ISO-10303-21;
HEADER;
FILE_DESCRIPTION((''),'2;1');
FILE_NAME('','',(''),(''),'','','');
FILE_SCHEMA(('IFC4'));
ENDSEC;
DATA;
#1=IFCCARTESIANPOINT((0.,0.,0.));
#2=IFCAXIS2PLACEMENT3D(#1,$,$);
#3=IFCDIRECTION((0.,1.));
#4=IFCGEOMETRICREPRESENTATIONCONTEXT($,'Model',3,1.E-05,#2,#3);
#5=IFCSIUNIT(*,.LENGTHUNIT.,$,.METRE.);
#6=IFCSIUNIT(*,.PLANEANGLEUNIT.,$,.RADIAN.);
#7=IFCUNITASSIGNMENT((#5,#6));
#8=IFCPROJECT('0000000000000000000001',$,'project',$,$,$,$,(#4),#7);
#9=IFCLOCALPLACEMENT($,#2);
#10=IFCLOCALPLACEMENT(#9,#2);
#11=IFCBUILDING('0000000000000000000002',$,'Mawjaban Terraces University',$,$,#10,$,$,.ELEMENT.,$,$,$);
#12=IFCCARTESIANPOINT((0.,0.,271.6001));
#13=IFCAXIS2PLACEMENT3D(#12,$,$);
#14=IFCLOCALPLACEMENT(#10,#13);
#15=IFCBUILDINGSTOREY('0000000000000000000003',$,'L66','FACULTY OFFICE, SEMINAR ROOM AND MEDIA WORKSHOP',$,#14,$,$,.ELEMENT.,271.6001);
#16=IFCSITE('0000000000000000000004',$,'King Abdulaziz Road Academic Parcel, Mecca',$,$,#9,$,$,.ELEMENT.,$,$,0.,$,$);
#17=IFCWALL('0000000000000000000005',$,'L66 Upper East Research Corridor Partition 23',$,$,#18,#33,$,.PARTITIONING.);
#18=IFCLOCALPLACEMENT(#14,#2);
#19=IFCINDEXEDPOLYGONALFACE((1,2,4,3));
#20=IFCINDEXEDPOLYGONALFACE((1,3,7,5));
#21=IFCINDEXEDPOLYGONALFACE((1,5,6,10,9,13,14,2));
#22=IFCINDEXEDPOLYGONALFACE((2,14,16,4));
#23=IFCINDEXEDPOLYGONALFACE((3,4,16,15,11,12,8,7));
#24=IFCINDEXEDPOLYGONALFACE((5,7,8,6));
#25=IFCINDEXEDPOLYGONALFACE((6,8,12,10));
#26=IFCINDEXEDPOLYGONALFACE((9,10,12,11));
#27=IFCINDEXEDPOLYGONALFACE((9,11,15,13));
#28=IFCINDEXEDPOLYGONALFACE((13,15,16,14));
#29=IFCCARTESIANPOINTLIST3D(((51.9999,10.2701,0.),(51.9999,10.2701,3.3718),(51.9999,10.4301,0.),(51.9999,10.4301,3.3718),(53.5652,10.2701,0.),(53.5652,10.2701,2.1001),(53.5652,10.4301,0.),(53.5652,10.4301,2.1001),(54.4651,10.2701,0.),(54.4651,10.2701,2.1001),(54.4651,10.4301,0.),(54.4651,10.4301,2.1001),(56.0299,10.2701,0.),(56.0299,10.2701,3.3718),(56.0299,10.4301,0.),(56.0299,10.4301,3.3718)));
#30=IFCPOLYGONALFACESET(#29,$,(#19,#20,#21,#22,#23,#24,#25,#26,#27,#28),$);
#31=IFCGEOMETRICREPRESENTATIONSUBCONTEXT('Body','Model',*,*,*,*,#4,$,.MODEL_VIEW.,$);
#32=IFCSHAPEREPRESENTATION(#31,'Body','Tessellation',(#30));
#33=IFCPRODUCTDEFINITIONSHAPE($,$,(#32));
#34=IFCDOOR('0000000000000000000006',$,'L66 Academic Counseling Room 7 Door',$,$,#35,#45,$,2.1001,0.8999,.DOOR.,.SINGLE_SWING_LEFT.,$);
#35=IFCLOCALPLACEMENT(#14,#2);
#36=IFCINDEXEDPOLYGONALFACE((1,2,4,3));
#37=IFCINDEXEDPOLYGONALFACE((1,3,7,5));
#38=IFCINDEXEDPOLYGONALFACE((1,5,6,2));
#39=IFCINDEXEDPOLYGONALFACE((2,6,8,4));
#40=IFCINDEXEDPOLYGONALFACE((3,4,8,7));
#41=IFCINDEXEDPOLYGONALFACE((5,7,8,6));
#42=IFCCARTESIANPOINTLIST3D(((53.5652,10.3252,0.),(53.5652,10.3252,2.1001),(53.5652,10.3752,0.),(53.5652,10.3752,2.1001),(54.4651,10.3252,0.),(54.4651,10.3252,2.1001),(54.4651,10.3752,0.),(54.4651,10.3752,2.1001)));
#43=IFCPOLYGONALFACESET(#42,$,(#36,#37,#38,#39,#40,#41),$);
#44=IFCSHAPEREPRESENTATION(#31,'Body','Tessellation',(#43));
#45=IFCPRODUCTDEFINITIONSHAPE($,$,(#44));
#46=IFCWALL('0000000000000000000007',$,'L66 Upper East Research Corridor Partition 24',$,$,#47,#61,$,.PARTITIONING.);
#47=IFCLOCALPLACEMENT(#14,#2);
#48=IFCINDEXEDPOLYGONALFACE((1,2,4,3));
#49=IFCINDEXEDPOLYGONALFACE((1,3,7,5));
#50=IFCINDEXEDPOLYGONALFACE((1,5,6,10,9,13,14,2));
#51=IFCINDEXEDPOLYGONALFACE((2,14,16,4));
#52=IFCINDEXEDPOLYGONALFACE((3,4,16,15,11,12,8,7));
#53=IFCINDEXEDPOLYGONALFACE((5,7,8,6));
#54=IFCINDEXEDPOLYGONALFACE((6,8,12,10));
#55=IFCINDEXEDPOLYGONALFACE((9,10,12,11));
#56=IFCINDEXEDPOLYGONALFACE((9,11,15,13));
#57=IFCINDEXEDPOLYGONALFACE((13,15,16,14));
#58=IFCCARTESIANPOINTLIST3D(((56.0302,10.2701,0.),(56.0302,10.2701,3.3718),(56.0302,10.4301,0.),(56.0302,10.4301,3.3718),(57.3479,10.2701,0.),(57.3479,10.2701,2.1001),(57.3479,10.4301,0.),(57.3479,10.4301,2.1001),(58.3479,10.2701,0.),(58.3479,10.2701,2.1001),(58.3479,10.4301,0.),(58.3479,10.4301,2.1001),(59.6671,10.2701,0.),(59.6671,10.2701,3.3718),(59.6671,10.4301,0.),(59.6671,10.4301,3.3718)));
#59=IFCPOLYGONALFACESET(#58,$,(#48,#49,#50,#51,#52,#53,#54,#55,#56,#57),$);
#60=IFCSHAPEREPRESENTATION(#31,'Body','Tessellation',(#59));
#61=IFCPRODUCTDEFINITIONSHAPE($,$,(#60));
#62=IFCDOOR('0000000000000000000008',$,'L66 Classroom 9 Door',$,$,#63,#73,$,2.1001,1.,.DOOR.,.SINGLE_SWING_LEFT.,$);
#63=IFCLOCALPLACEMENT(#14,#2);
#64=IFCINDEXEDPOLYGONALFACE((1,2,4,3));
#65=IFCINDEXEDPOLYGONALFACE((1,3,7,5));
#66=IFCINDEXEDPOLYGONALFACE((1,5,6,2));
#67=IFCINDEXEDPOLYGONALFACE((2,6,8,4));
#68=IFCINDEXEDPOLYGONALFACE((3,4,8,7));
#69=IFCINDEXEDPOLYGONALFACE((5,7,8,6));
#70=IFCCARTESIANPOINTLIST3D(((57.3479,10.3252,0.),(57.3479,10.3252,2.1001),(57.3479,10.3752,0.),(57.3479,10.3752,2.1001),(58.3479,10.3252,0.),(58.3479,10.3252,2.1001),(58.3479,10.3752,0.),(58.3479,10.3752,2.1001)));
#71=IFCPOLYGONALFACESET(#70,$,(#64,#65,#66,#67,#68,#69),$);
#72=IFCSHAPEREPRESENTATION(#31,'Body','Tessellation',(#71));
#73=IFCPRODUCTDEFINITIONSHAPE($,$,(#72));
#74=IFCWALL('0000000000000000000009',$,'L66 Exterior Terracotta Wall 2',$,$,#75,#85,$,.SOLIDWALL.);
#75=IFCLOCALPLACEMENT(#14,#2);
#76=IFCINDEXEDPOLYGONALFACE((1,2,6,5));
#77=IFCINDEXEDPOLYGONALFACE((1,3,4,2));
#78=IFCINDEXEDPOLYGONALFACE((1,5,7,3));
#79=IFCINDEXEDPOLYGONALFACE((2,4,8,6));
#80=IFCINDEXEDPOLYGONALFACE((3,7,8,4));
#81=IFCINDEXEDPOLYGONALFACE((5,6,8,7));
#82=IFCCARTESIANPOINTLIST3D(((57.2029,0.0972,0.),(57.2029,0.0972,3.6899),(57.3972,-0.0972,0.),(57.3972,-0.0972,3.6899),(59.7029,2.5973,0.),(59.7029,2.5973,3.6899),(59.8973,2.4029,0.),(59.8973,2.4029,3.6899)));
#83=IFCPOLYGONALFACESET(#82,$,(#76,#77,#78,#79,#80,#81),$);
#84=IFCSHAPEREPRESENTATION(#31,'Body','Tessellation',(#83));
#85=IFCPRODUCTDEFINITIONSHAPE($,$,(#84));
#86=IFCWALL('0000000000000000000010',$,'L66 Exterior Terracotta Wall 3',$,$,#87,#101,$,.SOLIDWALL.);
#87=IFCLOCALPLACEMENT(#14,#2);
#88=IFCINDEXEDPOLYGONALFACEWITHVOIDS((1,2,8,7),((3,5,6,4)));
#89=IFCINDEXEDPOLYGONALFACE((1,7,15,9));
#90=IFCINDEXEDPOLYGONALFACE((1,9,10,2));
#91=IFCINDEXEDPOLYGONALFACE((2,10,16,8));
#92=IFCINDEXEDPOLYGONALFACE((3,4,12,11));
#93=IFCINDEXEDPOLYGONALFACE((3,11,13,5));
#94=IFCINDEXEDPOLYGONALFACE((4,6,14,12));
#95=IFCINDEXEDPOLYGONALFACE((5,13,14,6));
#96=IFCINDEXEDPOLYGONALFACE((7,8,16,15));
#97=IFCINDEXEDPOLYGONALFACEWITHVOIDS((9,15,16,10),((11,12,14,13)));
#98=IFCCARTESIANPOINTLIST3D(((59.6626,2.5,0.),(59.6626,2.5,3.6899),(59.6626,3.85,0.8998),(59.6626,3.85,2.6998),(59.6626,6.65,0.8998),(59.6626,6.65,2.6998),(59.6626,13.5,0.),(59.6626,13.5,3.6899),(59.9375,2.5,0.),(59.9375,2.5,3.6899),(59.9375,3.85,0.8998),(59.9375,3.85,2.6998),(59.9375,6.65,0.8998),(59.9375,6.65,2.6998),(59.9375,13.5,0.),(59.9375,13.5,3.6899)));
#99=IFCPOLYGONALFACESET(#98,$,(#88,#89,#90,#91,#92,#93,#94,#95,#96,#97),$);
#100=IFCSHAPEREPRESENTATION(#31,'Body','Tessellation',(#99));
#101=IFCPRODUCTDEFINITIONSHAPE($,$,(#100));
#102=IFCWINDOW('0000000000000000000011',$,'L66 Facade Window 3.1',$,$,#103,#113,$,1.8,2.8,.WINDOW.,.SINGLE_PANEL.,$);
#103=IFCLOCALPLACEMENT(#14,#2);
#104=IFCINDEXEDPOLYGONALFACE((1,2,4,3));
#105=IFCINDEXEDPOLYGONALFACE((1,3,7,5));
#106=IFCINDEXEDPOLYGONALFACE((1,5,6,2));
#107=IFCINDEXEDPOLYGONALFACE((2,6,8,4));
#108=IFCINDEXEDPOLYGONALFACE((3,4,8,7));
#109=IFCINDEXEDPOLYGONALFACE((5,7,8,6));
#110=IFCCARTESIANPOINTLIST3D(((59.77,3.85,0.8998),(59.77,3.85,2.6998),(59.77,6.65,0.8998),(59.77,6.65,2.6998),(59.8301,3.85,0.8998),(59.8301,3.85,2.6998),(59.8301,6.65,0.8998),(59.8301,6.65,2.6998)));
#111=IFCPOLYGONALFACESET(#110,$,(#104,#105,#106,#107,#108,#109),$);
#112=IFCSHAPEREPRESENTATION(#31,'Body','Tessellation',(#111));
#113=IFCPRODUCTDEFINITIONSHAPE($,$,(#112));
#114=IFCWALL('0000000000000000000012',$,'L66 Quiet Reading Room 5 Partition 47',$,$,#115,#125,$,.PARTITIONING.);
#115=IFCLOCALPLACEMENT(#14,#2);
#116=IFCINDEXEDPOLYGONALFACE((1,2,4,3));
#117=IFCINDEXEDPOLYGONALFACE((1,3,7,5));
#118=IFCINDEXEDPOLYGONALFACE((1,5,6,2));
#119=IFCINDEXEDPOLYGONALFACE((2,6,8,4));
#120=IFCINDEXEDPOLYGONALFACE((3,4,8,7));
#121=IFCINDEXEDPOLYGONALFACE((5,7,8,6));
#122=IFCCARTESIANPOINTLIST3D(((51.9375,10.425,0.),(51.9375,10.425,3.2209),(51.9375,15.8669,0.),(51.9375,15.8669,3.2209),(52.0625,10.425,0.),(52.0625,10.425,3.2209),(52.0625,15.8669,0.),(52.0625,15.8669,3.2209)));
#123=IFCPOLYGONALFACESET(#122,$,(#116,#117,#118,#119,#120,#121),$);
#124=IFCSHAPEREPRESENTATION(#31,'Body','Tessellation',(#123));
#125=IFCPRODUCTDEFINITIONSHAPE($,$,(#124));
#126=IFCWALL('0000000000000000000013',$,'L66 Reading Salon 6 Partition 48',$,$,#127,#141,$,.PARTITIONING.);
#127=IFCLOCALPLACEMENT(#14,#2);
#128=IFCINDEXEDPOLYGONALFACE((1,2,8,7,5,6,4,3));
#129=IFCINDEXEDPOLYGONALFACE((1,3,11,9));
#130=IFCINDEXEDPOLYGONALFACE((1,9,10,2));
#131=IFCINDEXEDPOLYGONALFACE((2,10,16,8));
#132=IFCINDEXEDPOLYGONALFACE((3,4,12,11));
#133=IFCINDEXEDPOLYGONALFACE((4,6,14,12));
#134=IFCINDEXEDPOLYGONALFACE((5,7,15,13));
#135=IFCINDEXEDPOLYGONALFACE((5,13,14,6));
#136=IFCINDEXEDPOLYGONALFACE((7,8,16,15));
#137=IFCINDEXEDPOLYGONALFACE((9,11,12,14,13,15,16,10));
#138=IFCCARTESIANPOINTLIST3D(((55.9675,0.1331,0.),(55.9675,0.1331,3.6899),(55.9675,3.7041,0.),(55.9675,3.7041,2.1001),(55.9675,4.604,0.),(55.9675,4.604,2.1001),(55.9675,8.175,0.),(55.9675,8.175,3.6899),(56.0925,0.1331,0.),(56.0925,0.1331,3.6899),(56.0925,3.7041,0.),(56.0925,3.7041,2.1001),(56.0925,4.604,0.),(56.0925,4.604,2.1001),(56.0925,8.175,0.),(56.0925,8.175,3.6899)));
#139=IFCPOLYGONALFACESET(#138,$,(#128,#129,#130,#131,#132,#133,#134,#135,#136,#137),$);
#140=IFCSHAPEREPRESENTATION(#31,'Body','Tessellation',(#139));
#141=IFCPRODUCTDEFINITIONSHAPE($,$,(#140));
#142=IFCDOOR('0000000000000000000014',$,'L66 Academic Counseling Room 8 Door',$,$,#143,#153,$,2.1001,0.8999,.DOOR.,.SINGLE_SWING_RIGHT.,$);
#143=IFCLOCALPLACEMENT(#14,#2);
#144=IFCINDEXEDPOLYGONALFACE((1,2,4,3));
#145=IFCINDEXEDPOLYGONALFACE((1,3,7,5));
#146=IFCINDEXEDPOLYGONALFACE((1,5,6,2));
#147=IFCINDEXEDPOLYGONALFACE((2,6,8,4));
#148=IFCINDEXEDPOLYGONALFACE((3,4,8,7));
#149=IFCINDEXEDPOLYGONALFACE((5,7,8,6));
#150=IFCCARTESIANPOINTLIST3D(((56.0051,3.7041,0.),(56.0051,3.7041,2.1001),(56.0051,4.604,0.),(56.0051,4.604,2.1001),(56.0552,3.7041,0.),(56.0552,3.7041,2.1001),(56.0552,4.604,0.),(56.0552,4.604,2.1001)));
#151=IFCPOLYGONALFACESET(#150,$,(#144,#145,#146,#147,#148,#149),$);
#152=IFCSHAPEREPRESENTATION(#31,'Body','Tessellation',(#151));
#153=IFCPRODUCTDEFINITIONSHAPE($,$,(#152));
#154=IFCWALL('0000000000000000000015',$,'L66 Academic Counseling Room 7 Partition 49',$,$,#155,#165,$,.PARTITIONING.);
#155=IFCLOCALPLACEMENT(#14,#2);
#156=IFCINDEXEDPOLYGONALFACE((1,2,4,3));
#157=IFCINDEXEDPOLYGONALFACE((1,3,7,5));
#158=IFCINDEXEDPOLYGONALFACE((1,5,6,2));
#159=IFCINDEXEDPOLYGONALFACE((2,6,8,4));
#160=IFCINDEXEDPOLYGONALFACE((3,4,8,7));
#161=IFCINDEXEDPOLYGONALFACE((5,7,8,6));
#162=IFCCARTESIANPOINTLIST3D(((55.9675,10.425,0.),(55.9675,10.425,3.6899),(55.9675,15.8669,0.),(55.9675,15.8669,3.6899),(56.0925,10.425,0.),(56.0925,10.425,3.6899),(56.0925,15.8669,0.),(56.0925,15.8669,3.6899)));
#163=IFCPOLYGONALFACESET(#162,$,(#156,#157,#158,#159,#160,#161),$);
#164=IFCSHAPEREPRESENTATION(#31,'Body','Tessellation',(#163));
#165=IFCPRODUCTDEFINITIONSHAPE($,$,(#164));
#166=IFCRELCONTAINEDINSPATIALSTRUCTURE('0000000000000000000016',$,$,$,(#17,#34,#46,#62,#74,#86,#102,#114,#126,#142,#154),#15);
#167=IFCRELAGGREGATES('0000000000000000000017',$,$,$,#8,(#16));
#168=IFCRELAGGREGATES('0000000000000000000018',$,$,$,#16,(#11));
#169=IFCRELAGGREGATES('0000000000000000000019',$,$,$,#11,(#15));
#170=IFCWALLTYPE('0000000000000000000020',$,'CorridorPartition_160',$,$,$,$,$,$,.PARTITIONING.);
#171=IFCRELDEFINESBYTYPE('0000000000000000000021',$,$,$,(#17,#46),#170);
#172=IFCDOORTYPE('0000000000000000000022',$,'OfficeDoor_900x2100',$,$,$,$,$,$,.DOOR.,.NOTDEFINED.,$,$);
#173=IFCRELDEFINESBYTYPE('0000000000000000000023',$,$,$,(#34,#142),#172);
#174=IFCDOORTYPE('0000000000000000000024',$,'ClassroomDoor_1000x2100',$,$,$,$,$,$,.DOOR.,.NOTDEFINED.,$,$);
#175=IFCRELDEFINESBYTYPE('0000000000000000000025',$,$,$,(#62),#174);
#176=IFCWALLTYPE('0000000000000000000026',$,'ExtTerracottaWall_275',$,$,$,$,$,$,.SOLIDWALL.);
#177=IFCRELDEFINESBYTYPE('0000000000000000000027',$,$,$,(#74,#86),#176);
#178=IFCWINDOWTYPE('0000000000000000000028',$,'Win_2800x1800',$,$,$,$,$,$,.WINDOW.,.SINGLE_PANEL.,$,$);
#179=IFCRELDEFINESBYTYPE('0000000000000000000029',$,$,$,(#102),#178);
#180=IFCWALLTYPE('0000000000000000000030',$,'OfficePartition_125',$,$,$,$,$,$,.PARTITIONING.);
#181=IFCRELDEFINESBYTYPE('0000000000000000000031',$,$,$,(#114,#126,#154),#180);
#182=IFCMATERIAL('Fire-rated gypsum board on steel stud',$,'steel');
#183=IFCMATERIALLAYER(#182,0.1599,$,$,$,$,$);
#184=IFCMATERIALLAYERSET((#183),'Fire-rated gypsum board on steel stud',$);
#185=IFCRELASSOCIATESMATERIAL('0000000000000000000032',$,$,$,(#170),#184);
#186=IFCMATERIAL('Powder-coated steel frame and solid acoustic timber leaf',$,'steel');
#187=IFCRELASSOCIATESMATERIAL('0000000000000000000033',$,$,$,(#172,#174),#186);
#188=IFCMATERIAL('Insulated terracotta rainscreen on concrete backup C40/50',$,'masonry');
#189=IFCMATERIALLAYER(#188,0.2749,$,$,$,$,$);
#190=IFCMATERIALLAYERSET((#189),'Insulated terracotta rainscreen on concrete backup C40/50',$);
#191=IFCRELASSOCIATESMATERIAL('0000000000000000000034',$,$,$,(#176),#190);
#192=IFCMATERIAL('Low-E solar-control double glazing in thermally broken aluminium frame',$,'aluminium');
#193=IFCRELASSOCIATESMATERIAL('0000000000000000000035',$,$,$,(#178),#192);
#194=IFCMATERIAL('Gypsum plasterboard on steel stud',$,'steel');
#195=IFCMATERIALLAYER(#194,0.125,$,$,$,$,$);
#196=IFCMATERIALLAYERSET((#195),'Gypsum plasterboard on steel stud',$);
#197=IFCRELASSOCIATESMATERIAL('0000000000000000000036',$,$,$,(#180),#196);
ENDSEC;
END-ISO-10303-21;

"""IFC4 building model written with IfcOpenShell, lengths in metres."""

from ifc_helpers import new_model, si_unit, direction, frame, frame_2d, origin, place, context, subcontext, project, spatial, rectangle, extrude, material, layer, layer_set, type_object, element, fill, save


model = new_model("IFC4")

# Units and contexts
model_context = context("Model", 3, precision=1e-05, world=origin(), true_north=direction((0.0, 1.0)))
body_context = subcontext(model_context, "Body", "Model", "MODEL_VIEW")
ifc_project = project(units=[si_unit("LENGTHUNIT", "METRE"), si_unit("PLANEANGLEUNIT", "RADIAN")], contexts=[model_context])

# Site, building, storey
site_placement = place(None, origin())
site = spatial("IfcSite", under=ifc_project, at=site_placement, Name="King Abdulaziz Road Academic Parcel, Mecca", CompositionType="ELEMENT", RefElevation=0.0)
building_placement = place(site_placement, origin())
building = spatial("IfcBuilding", under=site, at=building_placement, Name="Mawjaban Terraces University", CompositionType="ELEMENT")
storey_placement = place(building_placement, frame((0.0, 0.0, 271.6001)))
storey = spatial("IfcBuildingStorey", under=building, at=storey_placement, Name="L66", Description="FACULTY OFFICE, SEMINAR ROOM AND MEDIA WORKSHOP", CompositionType="ELEMENT", Elevation=271.6001)

# Shared definitions
ifc_material_1 = material(Name="Fire-rated gypsum board on steel stud", Category="steel")
ifc_layer_1 = layer(ifc_material_1, 0.1599)
ifc_layer_set_1 = layer_set([ifc_layer_1], Name="Fire-rated gypsum board on steel stud")
wall_type_1 = type_object("IfcWallType", Name="CorridorPartition_160", PredefinedType="PARTITIONING", material=ifc_layer_set_1)
ifc_material_2 = material(Name="Powder-coated steel frame and solid acoustic timber leaf", Category="steel")
door_type_1 = type_object("IfcDoorType", Name="OfficeDoor_900x2100", OperationType="NOTDEFINED", PredefinedType="DOOR", material=ifc_material_2)

# Walls, openings, doors
wall_1_placement = place(storey_placement, frame((56.03, 10.3501, 0.0), z_axis=(0.0, 0.0, 1.0), x_axis=(-1.0, 0.0, 0.0)))
wall_1 = element("IfcWall", 1, at=wall_1_placement, inside=storey, type_object=wall_type_1, Name="L66 Upper East Research Corridor Partition 23", PredefinedType="PARTITIONING", context=body_context, shape_type="SweptSolid", body=[
    extrude(rectangle(XDim=4.03, YDim=0.1599, at=frame_2d((2.0151, 0.0))), origin(), (0.0, 0.0, 1.0), 3.3718),
])
opening_1_placement = place(wall_1_placement, frame((1.5649, 0.0, 0.0)))
opening_1 = element("IfcOpeningElement", 2, at=opening_1_placement, cuts=wall_1, PredefinedType="OPENING", context=body_context, shape_type="SweptSolid", body=[
    extrude(rectangle(XDim=0.8999, YDim=2.1001, at=frame_2d((0.45, 1.05))), frame((0.0, 0.0898, 0.0), z_axis=(0.0, -1.0, 0.0), x_axis=(1.0, 0.0, 0.0)), (0.0, 0.0, 1.0), 0.1799),
])
door_1_placement = place(opening_1_placement, origin())
door_1 = element("IfcDoor", 3, at=door_1_placement, inside=storey, type_object=door_type_1, Name="L66 Academic Counseling Room 7 Door", OperationType="SINGLE_SWING_LEFT", OverallHeight=2.1001, OverallWidth=0.8999, PredefinedType="DOOR", context=body_context, shape_type="SweptSolid", body=[
    extrude(rectangle(XDim=0.8999, YDim=2.1001, at=frame_2d((0.45, 1.05))), frame((0.0, 0.0249, 0.0), z_axis=(0.0, -1.0, 0.0), x_axis=(1.0, 0.0, 0.0)), (0.0, 0.0, 1.0), 0.05),
])
fill(opening_1, door_1)
wall_2_placement = place(storey_placement, frame((59.667, 10.3501, 0.0), z_axis=(0.0, 0.0, 1.0), x_axis=(-1.0, 0.0, 0.0)))
wall_2 = element("IfcWall", 4, at=wall_2_placement, inside=storey, type_object=wall_type_1, Name="L66 Upper East Research Corridor Partition 24", PredefinedType="PARTITIONING", context=body_context, shape_type="SweptSolid", body=[
    extrude(rectangle(XDim=3.637, YDim=0.1599, at=frame_2d((1.8184, 0.0))), origin(), (0.0, 0.0, 1.0), 3.3718),
])
opening_2_placement = place(wall_2_placement, frame((1.3191, 0.0, 0.0)))
opening_2 = element("IfcOpeningElement", 5, at=opening_2_placement, cuts=wall_2, PredefinedType="OPENING", context=body_context, shape_type="SweptSolid", body=[
    extrude(rectangle(XDim=1.0, YDim=2.1001, at=frame_2d((0.5, 1.05))), frame((0.0, 0.0898, 0.0), z_axis=(0.0, -1.0, 0.0), x_axis=(1.0, 0.0, 0.0)), (0.0, 0.0, 1.0), 0.1799),
])
door_type_2 = type_object("IfcDoorType", Name="ClassroomDoor_1000x2100", OperationType="NOTDEFINED", PredefinedType="DOOR", material=ifc_material_2)
door_2_placement = place(opening_2_placement, origin())
door_2 = element("IfcDoor", 6, at=door_2_placement, inside=storey, type_object=door_type_2, Name="L66 Classroom 9 Door", OperationType="SINGLE_SWING_LEFT", OverallHeight=2.1001, OverallWidth=1.0, PredefinedType="DOOR", context=body_context, shape_type="SweptSolid", body=[
    extrude(rectangle(XDim=1.0, YDim=2.1001, at=frame_2d((0.5, 1.05))), frame((0.0, 0.0249, 0.0), z_axis=(0.0, -1.0, 0.0), x_axis=(1.0, 0.0, 0.0)), (0.0, 0.0, 1.0), 0.05),
])
fill(opening_2, door_2)

# Wall
ifc_material_3 = material(Name="Insulated terracotta rainscreen on concrete backup C40/50", Category="masonry")
ifc_layer_2 = layer(ifc_material_3, 0.2749)
ifc_layer_set_2 = layer_set([ifc_layer_2], Name="Insulated terracotta rainscreen on concrete backup C40/50")
wall_type_2 = type_object("IfcWallType", Name="ExtTerracottaWall_275", PredefinedType="SOLIDWALL", material=ifc_layer_set_2)
wall_3_placement = place(storey_placement, frame((57.3, 0.0, 0.0), z_axis=(0.0, 0.0, 1.0), x_axis=(0.707107, 0.707107, 0.0)))
element("IfcWall", 7, at=wall_3_placement, inside=storey, type_object=wall_type_2, Name="L66 Exterior Terracotta Wall 2", PredefinedType="SOLIDWALL", context=body_context, shape_type="SweptSolid", body=[
    extrude(rectangle(XDim=3.5356, YDim=0.2749, at=frame_2d((1.7678, 0.0))), origin(), (0.0, 0.0, 1.0), 3.6899),
])

# Wall, opening, window
wall_4_placement = place(storey_placement, frame((59.8, 2.5, 0.0), z_axis=(0.0, 0.0, 1.0), x_axis=(0.0, 1.0, 0.0)))
wall_4 = element("IfcWall", 8, at=wall_4_placement, inside=storey, type_object=wall_type_2, Name="L66 Exterior Terracotta Wall 3", PredefinedType="SOLIDWALL", context=body_context, shape_type="SweptSolid", body=[
    extrude(rectangle(XDim=11.0, YDim=0.2749, at=frame_2d((5.5, 0.0))), origin(), (0.0, 0.0, 1.0), 3.6899),
])
opening_3_placement = place(wall_4_placement, frame((1.3501, 0.0, 0.8999)))
opening_3 = element("IfcOpeningElement", 9, at=opening_3_placement, cuts=wall_4, PredefinedType="OPENING", context=body_context, shape_type="SweptSolid", body=[
    extrude(rectangle(XDim=2.8, YDim=1.8, at=frame_2d((1.3999, 0.8999))), frame((0.0, 0.1475, 0.0), z_axis=(0.0, -1.0, 0.0), x_axis=(1.0, 0.0, 0.0)), (0.0, 0.0, 1.0), 0.2949),
])
ifc_material_4 = material(Name="Low-E solar-control double glazing in thermally broken aluminium frame", Category="aluminium")
window_type = type_object("IfcWindowType", Name="Win_2800x1800", PartitioningType="SINGLE_PANEL", PredefinedType="WINDOW", material=ifc_material_4)
window_placement = place(opening_3_placement, origin())
window = element("IfcWindow", 10, at=window_placement, inside=storey, type_object=window_type, Name="L66 Facade Window 3.1", OverallHeight=1.8, OverallWidth=2.8, PartitioningType="SINGLE_PANEL", PredefinedType="WINDOW", context=body_context, shape_type="SweptSolid", body=[
    extrude(rectangle(XDim=2.8, YDim=1.8, at=frame_2d((1.3999, 0.8999))), frame((0.0, 0.03, 0.0), z_axis=(0.0, -1.0, 0.0), x_axis=(1.0, 0.0, 0.0)), (0.0, 0.0, 1.0), 0.0601),
])
fill(opening_3, window)

# Wall
ifc_material_5 = material(Name="Gypsum plasterboard on steel stud", Category="steel")
ifc_layer_3 = layer(ifc_material_5, 0.125)
ifc_layer_set_3 = layer_set([ifc_layer_3], Name="Gypsum plasterboard on steel stud")
wall_type_3 = type_object("IfcWallType", Name="OfficePartition_125", PredefinedType="PARTITIONING", material=ifc_layer_set_3)
wall_5_placement = place(storey_placement, frame((52.0, 10.425, 0.0), z_axis=(0.0, 0.0, 1.0), x_axis=(0.0, 1.0, 0.0)))
element("IfcWall", 11, at=wall_5_placement, inside=storey, type_object=wall_type_3, Name="L66 Quiet Reading Room 5 Partition 47", PredefinedType="PARTITIONING", context=body_context, shape_type="SweptSolid", body=[
    extrude(rectangle(XDim=5.4419, YDim=0.125, at=frame_2d((2.7209, 0.0))), origin(), (0.0, 0.0, 1.0), 3.2209),
])

# Wall, opening, door
wall_6_placement = place(storey_placement, frame((56.03, 0.1331, 0.0), z_axis=(0.0, 0.0, 1.0), x_axis=(0.0, 1.0, 0.0)))
wall_6 = element("IfcWall", 12, at=wall_6_placement, inside=storey, type_object=wall_type_3, Name="L66 Reading Salon 6 Partition 48", PredefinedType="PARTITIONING", context=body_context, shape_type="SweptSolid", body=[
    extrude(rectangle(XDim=8.042, YDim=0.125, at=frame_2d((4.021, 0.0))), origin(), (0.0, 0.0, 1.0), 3.6899),
])
opening_4_placement = place(wall_6_placement, frame((3.571, 0.0, 0.0)))
opening_4 = element("IfcOpeningElement", 13, at=opening_4_placement, cuts=wall_6, PredefinedType="OPENING", context=body_context, shape_type="SweptSolid", body=[
    extrude(rectangle(XDim=0.8999, YDim=2.1001, at=frame_2d((0.45, 1.05))), frame((0.0, 0.0725, 0.0), z_axis=(0.0, -1.0, 0.0), x_axis=(1.0, 0.0, 0.0)), (0.0, 0.0, 1.0), 0.145),
])
door_3_placement = place(opening_4_placement, origin())
door_3 = element("IfcDoor", 14, at=door_3_placement, inside=storey, type_object=door_type_1, Name="L66 Academic Counseling Room 8 Door", OperationType="SINGLE_SWING_RIGHT", OverallHeight=2.1001, OverallWidth=0.8999, PredefinedType="DOOR", context=body_context, shape_type="SweptSolid", body=[
    extrude(rectangle(XDim=0.8999, YDim=2.1001, at=frame_2d((0.45, 1.05))), frame((0.0, 0.0249, 0.0), z_axis=(0.0, -1.0, 0.0), x_axis=(1.0, 0.0, 0.0)), (0.0, 0.0, 1.0), 0.05),
])
fill(opening_4, door_3)

# Wall
wall_7_placement = place(storey_placement, frame((56.03, 10.425, 0.0), z_axis=(0.0, 0.0, 1.0), x_axis=(0.0, 1.0, 0.0)))
element("IfcWall", 15, at=wall_7_placement, inside=storey, type_object=wall_type_3, Name="L66 Academic Counseling Room 7 Partition 49", PredefinedType="PARTITIONING", context=body_context, shape_type="SweptSolid", body=[
    extrude(rectangle(XDim=5.4419, YDim=0.125, at=frame_2d((2.7209, 0.0))), origin(), (0.0, 0.0, 1.0), 3.6899),
])

save(model, "model.ifc")
